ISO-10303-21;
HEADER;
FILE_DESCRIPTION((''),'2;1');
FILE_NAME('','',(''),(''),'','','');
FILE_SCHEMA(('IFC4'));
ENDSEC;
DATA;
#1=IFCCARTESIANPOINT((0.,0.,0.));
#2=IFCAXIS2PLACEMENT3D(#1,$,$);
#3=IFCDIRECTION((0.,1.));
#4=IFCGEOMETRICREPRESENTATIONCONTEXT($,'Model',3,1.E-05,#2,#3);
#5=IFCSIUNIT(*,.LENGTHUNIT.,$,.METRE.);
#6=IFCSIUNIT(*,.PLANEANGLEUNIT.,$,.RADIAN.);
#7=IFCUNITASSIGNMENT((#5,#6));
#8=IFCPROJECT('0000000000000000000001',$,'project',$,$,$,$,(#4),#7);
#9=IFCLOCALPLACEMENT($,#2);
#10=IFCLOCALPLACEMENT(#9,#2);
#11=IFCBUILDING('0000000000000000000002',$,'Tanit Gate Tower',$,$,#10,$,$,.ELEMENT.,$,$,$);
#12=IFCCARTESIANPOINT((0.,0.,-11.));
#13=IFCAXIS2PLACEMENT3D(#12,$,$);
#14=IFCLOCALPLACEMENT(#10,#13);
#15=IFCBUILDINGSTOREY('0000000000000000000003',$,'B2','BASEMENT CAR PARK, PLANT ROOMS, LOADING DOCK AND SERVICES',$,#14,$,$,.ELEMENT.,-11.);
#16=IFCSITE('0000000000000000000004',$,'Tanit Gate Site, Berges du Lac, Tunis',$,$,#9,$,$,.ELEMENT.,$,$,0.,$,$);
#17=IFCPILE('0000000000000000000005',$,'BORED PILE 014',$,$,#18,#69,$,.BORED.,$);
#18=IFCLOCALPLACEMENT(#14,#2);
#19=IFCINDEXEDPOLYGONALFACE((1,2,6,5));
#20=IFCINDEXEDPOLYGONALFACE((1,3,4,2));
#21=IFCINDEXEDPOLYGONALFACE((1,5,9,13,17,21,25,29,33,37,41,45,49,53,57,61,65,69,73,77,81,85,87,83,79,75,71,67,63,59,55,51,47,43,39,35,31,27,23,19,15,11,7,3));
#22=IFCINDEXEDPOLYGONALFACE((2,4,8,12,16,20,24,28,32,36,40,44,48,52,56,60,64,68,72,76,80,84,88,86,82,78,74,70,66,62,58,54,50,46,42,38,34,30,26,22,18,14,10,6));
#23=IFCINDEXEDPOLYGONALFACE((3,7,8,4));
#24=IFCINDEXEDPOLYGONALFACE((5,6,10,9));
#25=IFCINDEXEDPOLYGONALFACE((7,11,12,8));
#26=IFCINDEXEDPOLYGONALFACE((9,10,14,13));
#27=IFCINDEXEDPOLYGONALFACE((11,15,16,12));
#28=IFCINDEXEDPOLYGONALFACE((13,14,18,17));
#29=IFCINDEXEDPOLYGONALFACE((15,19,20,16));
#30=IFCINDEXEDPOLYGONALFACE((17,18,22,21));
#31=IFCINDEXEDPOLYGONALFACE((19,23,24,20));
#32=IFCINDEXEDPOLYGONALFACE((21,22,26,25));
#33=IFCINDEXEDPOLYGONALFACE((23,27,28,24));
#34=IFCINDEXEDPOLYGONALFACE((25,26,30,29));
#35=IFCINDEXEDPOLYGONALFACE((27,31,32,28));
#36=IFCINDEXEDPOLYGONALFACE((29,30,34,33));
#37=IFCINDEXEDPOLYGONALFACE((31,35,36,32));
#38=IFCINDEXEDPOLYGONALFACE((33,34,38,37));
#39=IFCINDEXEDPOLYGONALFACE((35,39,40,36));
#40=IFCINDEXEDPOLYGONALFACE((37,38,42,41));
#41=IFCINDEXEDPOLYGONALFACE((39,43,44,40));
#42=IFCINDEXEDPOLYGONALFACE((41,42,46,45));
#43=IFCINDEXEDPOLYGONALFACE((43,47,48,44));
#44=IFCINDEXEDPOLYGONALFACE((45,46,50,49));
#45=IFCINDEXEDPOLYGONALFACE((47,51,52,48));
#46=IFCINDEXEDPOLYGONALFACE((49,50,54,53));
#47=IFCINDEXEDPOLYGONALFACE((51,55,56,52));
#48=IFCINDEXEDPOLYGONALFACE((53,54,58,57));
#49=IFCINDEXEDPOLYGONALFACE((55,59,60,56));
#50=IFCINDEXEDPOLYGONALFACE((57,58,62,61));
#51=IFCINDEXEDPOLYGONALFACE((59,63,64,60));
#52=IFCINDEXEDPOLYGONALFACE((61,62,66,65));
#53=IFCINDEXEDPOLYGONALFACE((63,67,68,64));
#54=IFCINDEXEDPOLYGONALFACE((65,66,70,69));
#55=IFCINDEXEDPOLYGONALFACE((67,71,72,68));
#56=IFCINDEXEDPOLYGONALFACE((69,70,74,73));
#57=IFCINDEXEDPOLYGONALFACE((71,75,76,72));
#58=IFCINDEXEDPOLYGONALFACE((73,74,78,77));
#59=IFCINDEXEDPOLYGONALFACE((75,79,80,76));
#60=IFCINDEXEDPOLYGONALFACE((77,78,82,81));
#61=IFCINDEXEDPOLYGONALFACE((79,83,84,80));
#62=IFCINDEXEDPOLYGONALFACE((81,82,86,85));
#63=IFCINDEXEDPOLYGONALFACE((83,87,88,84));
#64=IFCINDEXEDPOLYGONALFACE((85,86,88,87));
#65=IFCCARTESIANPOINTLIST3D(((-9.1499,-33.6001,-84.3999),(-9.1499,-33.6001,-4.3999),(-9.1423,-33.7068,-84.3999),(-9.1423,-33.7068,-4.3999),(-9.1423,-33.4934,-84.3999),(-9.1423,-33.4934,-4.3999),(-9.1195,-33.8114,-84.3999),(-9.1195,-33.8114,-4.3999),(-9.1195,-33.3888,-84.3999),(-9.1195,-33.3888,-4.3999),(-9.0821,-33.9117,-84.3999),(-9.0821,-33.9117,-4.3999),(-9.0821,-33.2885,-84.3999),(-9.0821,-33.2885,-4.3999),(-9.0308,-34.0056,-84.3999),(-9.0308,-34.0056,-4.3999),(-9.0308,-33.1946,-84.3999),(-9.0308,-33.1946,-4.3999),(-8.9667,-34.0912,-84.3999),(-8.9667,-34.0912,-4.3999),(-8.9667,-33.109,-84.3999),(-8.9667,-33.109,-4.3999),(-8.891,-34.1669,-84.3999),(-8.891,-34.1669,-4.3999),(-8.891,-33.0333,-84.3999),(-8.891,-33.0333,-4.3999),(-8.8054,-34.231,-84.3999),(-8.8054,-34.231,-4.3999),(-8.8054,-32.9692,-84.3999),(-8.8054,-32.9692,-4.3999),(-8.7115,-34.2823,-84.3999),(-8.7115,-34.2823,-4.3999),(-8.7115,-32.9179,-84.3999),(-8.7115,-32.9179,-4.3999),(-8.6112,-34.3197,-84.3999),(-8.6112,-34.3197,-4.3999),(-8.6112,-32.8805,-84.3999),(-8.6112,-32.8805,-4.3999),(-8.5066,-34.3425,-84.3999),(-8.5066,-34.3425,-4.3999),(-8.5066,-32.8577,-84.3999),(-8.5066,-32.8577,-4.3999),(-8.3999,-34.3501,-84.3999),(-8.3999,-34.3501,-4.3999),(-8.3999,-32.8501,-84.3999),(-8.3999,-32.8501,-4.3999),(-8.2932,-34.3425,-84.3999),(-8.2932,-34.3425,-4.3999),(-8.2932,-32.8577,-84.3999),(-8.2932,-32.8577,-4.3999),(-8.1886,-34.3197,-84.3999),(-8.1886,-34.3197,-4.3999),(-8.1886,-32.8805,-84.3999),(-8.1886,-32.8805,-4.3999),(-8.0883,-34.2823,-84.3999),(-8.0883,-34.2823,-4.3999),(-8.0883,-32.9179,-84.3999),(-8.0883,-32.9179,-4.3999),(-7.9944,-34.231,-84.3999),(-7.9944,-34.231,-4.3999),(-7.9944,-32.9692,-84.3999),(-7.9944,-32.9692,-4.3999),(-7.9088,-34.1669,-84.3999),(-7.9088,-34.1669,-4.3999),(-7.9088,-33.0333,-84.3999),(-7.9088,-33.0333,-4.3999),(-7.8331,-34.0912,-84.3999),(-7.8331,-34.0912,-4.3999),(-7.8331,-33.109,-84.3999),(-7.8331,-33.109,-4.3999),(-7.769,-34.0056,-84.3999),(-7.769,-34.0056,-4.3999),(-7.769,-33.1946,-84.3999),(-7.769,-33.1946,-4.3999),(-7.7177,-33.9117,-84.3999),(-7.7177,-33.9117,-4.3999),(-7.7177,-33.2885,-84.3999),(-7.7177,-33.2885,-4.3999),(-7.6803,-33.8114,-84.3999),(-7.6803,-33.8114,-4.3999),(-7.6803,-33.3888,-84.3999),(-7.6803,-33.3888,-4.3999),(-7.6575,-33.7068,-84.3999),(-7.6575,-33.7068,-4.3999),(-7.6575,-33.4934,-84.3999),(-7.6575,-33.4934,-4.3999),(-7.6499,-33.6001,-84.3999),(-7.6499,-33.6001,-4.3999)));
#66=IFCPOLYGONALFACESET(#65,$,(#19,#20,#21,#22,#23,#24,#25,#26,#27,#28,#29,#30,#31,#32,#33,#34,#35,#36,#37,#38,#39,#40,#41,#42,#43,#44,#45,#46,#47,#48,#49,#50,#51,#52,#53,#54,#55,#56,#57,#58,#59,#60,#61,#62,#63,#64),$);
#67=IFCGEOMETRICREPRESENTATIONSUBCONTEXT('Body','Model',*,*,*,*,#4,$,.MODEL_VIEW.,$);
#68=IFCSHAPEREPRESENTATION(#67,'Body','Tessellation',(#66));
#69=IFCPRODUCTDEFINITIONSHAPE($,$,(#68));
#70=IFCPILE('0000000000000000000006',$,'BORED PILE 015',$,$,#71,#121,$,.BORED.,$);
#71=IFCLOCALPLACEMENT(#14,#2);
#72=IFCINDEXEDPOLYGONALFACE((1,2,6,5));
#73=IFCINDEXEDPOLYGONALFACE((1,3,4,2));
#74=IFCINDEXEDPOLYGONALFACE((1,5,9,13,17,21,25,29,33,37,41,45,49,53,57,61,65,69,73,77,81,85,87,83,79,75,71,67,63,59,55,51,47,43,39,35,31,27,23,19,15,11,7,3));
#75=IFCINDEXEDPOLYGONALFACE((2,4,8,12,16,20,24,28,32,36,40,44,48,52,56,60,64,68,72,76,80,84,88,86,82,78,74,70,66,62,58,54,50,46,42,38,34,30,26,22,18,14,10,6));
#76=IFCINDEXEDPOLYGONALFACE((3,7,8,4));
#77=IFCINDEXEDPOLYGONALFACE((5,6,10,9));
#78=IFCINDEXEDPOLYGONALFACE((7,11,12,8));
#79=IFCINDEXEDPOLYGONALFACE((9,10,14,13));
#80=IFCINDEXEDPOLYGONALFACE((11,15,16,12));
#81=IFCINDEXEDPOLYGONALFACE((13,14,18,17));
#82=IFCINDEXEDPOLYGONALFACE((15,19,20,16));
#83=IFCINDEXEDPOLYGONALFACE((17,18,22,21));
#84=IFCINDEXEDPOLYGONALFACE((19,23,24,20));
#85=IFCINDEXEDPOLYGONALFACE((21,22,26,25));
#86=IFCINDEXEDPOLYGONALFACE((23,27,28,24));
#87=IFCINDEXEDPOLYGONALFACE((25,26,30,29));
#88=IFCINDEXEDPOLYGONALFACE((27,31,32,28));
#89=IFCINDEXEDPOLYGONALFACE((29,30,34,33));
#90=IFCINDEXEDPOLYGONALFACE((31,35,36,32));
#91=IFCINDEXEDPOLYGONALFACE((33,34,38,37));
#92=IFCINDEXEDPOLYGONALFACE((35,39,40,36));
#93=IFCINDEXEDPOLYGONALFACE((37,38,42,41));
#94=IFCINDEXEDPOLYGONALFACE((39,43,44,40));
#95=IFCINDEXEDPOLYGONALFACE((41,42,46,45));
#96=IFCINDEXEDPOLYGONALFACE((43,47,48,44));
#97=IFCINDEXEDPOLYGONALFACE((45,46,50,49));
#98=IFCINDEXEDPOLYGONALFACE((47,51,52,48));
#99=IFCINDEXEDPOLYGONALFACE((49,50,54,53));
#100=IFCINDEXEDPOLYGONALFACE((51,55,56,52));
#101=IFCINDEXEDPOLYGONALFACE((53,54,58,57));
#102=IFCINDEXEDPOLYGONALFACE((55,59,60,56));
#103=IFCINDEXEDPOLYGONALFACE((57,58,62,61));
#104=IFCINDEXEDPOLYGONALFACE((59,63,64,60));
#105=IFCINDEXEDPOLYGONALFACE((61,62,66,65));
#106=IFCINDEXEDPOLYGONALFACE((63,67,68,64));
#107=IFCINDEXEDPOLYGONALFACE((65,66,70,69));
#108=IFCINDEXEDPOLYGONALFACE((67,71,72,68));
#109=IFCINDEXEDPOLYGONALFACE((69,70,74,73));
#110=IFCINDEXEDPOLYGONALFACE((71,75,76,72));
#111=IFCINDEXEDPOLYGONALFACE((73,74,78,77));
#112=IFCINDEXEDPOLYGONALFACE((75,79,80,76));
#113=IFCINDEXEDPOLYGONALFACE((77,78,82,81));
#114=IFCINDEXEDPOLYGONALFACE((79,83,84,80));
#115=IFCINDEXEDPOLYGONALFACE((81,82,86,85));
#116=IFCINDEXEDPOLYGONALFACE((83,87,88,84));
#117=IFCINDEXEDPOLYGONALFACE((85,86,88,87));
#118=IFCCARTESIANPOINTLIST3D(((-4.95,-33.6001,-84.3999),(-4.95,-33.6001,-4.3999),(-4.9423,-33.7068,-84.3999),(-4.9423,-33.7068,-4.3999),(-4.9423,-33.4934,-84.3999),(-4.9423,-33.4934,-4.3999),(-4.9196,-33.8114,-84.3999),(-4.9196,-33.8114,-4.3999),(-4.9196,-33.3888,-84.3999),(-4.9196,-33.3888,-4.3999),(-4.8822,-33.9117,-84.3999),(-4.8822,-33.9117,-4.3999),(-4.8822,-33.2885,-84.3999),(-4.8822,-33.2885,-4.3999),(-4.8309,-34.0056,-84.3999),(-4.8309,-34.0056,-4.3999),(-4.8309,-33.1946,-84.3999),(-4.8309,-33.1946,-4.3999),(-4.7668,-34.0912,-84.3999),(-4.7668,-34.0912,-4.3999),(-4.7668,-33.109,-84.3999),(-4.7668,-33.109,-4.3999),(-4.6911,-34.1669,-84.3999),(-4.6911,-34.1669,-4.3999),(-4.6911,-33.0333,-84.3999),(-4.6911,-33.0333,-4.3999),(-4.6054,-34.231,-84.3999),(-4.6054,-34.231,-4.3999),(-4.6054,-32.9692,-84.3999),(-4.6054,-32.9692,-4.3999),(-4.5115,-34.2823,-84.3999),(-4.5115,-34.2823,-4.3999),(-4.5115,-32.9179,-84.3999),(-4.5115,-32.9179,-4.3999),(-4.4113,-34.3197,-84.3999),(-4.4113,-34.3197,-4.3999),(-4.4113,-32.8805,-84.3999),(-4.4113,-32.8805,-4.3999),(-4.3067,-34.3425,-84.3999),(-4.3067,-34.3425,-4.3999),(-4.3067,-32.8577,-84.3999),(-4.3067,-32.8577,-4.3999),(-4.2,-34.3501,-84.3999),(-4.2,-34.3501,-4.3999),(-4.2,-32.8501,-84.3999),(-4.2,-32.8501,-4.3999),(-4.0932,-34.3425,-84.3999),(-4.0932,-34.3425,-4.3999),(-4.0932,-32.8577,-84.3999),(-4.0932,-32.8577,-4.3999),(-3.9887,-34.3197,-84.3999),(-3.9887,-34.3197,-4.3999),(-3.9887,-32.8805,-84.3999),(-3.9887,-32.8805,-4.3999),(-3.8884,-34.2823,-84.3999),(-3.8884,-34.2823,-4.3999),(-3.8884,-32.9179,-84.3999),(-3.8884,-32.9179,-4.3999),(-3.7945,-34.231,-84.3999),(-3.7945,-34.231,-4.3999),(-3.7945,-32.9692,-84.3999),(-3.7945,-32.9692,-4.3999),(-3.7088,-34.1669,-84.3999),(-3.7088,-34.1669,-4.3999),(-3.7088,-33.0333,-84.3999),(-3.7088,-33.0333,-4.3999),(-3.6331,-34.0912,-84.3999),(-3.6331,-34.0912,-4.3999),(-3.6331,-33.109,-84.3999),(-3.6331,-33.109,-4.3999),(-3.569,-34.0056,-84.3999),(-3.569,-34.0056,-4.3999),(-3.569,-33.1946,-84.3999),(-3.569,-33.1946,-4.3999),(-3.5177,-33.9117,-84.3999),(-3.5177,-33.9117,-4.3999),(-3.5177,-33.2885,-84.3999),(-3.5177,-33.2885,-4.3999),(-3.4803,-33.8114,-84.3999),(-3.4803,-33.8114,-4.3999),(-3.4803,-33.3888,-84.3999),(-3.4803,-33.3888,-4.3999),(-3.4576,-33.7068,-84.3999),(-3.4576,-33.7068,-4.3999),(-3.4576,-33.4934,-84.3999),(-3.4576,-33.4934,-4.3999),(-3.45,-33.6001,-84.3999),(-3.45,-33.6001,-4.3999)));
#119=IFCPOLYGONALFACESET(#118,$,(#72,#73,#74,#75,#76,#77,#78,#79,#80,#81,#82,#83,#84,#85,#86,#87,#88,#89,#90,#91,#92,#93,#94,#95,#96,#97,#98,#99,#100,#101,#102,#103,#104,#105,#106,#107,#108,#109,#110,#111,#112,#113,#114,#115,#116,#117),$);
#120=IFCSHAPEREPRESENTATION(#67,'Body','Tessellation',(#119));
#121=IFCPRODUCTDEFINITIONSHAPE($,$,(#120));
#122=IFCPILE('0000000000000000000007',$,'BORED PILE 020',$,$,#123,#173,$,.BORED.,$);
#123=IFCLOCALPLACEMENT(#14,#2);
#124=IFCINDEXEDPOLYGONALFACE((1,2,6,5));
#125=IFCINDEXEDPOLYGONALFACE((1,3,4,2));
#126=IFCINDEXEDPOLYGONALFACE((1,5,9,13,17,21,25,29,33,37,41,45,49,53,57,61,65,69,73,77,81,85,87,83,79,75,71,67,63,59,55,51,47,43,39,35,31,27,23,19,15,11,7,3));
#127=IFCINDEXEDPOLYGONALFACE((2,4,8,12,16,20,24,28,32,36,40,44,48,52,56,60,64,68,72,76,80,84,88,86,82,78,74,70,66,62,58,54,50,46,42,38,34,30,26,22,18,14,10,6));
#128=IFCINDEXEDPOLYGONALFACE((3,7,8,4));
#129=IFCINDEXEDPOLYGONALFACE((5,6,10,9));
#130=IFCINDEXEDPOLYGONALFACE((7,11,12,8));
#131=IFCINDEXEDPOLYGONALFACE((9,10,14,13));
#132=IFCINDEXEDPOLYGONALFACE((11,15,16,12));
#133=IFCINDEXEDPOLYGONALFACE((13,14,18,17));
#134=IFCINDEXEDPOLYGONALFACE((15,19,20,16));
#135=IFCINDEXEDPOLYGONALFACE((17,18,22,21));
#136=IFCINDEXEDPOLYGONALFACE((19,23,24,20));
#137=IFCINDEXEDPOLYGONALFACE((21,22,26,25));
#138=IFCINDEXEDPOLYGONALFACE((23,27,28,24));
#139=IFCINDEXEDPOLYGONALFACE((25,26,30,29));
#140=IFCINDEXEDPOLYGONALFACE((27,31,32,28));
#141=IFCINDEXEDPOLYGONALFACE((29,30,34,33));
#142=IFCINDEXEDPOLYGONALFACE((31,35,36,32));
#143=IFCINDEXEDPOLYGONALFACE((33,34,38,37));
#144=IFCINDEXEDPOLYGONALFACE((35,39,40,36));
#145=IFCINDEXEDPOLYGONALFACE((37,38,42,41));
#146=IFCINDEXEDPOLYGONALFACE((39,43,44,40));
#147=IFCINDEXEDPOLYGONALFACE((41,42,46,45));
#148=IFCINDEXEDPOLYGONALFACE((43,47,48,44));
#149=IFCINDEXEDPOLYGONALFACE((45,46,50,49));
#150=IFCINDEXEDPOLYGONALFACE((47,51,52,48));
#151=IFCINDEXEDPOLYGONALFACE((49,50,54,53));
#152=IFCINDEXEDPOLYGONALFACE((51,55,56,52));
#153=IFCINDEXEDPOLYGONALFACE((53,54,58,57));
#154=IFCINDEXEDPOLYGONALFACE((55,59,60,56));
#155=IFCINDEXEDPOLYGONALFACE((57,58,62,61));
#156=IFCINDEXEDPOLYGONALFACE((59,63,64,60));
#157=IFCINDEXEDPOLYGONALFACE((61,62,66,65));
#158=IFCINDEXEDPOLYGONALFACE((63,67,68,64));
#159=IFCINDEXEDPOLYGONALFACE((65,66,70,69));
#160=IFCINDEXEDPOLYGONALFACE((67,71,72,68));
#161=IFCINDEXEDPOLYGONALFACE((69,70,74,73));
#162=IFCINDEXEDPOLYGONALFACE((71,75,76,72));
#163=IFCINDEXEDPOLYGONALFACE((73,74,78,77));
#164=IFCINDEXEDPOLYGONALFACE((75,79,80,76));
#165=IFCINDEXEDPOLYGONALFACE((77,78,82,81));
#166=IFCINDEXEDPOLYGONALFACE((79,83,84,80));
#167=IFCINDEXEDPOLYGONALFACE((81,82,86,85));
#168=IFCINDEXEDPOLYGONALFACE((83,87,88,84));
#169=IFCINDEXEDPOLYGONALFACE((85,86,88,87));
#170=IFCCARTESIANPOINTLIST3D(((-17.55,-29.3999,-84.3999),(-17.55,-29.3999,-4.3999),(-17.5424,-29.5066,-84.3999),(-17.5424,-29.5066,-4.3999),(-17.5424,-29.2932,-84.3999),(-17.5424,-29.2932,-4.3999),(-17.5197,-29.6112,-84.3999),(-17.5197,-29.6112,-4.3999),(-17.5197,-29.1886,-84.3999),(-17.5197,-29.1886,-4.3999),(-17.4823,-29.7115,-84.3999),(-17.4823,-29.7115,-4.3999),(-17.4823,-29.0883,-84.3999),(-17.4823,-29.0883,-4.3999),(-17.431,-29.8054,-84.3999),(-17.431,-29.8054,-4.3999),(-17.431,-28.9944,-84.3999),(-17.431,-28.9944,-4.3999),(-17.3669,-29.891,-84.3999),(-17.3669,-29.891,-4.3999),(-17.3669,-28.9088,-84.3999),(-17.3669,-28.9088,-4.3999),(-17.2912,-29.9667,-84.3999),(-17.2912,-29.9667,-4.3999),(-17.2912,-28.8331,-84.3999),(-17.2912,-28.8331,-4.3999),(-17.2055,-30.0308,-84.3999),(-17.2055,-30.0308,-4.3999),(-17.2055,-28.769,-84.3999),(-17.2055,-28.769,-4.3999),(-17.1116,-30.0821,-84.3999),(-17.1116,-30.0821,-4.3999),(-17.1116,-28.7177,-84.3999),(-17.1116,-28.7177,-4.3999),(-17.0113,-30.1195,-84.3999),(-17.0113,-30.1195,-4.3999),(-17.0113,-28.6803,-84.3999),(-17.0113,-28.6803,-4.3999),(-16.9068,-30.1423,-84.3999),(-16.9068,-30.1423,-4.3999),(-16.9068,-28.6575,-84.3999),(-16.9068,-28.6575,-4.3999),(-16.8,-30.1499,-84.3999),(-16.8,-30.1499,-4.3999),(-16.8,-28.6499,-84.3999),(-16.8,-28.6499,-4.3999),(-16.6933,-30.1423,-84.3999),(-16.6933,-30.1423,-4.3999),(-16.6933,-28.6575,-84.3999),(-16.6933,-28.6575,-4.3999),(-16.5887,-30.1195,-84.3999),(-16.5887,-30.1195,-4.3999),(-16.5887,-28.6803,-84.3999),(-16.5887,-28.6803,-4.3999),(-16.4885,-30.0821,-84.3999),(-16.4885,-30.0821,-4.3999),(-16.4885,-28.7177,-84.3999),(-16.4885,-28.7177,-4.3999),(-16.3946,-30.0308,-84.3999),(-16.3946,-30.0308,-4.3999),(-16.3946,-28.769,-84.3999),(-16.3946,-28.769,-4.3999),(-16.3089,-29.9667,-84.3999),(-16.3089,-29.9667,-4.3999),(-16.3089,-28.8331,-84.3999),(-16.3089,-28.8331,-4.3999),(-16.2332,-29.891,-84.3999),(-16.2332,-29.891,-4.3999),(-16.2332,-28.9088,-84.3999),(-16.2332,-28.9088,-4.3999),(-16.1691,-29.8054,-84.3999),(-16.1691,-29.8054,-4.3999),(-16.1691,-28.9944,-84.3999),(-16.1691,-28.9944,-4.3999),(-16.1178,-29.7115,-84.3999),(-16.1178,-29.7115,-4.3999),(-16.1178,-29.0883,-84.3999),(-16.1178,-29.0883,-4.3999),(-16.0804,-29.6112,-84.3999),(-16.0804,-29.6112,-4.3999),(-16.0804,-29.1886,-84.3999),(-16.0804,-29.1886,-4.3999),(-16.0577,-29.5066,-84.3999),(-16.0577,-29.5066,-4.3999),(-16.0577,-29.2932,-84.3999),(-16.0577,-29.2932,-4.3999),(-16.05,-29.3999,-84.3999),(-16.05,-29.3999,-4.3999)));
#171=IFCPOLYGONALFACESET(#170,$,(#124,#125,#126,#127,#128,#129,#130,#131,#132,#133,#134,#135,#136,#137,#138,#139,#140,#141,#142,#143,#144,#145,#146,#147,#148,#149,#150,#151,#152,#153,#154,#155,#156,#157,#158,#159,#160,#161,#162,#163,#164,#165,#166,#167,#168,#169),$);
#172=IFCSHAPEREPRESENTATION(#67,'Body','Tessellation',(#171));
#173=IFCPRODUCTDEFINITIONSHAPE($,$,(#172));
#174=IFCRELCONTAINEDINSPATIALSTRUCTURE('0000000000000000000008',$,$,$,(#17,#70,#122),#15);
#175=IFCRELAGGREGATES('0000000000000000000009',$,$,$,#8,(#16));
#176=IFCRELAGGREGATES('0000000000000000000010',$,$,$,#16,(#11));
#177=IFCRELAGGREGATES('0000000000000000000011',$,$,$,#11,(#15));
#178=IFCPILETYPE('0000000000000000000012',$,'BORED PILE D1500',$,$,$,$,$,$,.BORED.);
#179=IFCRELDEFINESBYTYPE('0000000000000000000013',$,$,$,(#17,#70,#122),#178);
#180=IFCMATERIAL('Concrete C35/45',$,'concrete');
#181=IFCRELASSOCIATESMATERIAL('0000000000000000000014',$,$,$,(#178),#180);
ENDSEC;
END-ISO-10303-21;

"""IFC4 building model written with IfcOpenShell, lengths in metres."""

from ifc_helpers import new_model, si_unit, direction, frame, origin, origin_2d, place, context, subcontext, project, spatial, circle, extrude, material, material_profile, profile_set, type_object, element, save


model = new_model("IFC4")

# Units and contexts
model_context = context("Model", 3, precision=1e-05, world=origin(), true_north=direction((0.0, 1.0)))
body_context = subcontext(model_context, "Body", "Model", "MODEL_VIEW")
ifc_project = project(units=[si_unit("LENGTHUNIT", "METRE"), si_unit("PLANEANGLEUNIT", "RADIAN")], contexts=[model_context])

# Site, building, storey
site_placement = place(None, origin())
site = spatial("IfcSite", under=ifc_project, at=site_placement, Name="Tanit Gate Site, Berges du Lac, Tunis", CompositionType="ELEMENT", RefElevation=0.0)
building_placement = place(site_placement, origin())
building = spatial("IfcBuilding", under=site, at=building_placement, Name="Tanit Gate Tower", CompositionType="ELEMENT")
storey_placement = place(building_placement, frame((0.0, 0.0, -11.0)))
storey = spatial("IfcBuildingStorey", under=building, at=storey_placement, Name="B2", Description="BASEMENT CAR PARK, PLANT ROOMS, LOADING DOCK AND SERVICES", CompositionType="ELEMENT", Elevation=-11.0)

# Piles
ifc_material_1 = material(Name="Concrete C35/45", Category="concrete")
ifc_material_profile_1 = material_profile(ifc_material_1, circle(Radius=0.75, at=origin_2d()), Name="BORED PILE D1500 C35/45")
ifc_profile_set_1 = profile_set([ifc_material_profile_1], Name="Concrete C35/45")
pile_type = type_object("IfcPileType", Name="BORED PILE D1500", PredefinedType="BORED", material=ifc_profile_set_1)
for number, where, z_axis, x_axis, name in (
    (1, (-8.3999, -33.6001, -4.3999), (0.0, 0.0, -1.0), (1.0, 0.0, 0.0), "BORED PILE 014"),
    (2, (-4.2, -33.6001, -4.3999), (0.0, 0.0, -1.0), (1.0, 0.0, 0.0), "BORED PILE 015"),
    (3, (-16.8, -29.3999, -4.3999), (0.0, 0.0, -1.0), (1.0, 0.0, 0.0), "BORED PILE 020"),
):
    element("IfcPile", number, at=place(storey_placement, frame(where, z_axis=z_axis, x_axis=x_axis)), inside=storey, type_object=pile_type, Name=name, PredefinedType="BORED", context=body_context, shape_type="SweptSolid", body=[
        extrude(circle(Radius=0.75, at=origin_2d()), origin(), (0.0, 0.0, 1.0), 80.0),
    ])

save(model, "model.ifc")
